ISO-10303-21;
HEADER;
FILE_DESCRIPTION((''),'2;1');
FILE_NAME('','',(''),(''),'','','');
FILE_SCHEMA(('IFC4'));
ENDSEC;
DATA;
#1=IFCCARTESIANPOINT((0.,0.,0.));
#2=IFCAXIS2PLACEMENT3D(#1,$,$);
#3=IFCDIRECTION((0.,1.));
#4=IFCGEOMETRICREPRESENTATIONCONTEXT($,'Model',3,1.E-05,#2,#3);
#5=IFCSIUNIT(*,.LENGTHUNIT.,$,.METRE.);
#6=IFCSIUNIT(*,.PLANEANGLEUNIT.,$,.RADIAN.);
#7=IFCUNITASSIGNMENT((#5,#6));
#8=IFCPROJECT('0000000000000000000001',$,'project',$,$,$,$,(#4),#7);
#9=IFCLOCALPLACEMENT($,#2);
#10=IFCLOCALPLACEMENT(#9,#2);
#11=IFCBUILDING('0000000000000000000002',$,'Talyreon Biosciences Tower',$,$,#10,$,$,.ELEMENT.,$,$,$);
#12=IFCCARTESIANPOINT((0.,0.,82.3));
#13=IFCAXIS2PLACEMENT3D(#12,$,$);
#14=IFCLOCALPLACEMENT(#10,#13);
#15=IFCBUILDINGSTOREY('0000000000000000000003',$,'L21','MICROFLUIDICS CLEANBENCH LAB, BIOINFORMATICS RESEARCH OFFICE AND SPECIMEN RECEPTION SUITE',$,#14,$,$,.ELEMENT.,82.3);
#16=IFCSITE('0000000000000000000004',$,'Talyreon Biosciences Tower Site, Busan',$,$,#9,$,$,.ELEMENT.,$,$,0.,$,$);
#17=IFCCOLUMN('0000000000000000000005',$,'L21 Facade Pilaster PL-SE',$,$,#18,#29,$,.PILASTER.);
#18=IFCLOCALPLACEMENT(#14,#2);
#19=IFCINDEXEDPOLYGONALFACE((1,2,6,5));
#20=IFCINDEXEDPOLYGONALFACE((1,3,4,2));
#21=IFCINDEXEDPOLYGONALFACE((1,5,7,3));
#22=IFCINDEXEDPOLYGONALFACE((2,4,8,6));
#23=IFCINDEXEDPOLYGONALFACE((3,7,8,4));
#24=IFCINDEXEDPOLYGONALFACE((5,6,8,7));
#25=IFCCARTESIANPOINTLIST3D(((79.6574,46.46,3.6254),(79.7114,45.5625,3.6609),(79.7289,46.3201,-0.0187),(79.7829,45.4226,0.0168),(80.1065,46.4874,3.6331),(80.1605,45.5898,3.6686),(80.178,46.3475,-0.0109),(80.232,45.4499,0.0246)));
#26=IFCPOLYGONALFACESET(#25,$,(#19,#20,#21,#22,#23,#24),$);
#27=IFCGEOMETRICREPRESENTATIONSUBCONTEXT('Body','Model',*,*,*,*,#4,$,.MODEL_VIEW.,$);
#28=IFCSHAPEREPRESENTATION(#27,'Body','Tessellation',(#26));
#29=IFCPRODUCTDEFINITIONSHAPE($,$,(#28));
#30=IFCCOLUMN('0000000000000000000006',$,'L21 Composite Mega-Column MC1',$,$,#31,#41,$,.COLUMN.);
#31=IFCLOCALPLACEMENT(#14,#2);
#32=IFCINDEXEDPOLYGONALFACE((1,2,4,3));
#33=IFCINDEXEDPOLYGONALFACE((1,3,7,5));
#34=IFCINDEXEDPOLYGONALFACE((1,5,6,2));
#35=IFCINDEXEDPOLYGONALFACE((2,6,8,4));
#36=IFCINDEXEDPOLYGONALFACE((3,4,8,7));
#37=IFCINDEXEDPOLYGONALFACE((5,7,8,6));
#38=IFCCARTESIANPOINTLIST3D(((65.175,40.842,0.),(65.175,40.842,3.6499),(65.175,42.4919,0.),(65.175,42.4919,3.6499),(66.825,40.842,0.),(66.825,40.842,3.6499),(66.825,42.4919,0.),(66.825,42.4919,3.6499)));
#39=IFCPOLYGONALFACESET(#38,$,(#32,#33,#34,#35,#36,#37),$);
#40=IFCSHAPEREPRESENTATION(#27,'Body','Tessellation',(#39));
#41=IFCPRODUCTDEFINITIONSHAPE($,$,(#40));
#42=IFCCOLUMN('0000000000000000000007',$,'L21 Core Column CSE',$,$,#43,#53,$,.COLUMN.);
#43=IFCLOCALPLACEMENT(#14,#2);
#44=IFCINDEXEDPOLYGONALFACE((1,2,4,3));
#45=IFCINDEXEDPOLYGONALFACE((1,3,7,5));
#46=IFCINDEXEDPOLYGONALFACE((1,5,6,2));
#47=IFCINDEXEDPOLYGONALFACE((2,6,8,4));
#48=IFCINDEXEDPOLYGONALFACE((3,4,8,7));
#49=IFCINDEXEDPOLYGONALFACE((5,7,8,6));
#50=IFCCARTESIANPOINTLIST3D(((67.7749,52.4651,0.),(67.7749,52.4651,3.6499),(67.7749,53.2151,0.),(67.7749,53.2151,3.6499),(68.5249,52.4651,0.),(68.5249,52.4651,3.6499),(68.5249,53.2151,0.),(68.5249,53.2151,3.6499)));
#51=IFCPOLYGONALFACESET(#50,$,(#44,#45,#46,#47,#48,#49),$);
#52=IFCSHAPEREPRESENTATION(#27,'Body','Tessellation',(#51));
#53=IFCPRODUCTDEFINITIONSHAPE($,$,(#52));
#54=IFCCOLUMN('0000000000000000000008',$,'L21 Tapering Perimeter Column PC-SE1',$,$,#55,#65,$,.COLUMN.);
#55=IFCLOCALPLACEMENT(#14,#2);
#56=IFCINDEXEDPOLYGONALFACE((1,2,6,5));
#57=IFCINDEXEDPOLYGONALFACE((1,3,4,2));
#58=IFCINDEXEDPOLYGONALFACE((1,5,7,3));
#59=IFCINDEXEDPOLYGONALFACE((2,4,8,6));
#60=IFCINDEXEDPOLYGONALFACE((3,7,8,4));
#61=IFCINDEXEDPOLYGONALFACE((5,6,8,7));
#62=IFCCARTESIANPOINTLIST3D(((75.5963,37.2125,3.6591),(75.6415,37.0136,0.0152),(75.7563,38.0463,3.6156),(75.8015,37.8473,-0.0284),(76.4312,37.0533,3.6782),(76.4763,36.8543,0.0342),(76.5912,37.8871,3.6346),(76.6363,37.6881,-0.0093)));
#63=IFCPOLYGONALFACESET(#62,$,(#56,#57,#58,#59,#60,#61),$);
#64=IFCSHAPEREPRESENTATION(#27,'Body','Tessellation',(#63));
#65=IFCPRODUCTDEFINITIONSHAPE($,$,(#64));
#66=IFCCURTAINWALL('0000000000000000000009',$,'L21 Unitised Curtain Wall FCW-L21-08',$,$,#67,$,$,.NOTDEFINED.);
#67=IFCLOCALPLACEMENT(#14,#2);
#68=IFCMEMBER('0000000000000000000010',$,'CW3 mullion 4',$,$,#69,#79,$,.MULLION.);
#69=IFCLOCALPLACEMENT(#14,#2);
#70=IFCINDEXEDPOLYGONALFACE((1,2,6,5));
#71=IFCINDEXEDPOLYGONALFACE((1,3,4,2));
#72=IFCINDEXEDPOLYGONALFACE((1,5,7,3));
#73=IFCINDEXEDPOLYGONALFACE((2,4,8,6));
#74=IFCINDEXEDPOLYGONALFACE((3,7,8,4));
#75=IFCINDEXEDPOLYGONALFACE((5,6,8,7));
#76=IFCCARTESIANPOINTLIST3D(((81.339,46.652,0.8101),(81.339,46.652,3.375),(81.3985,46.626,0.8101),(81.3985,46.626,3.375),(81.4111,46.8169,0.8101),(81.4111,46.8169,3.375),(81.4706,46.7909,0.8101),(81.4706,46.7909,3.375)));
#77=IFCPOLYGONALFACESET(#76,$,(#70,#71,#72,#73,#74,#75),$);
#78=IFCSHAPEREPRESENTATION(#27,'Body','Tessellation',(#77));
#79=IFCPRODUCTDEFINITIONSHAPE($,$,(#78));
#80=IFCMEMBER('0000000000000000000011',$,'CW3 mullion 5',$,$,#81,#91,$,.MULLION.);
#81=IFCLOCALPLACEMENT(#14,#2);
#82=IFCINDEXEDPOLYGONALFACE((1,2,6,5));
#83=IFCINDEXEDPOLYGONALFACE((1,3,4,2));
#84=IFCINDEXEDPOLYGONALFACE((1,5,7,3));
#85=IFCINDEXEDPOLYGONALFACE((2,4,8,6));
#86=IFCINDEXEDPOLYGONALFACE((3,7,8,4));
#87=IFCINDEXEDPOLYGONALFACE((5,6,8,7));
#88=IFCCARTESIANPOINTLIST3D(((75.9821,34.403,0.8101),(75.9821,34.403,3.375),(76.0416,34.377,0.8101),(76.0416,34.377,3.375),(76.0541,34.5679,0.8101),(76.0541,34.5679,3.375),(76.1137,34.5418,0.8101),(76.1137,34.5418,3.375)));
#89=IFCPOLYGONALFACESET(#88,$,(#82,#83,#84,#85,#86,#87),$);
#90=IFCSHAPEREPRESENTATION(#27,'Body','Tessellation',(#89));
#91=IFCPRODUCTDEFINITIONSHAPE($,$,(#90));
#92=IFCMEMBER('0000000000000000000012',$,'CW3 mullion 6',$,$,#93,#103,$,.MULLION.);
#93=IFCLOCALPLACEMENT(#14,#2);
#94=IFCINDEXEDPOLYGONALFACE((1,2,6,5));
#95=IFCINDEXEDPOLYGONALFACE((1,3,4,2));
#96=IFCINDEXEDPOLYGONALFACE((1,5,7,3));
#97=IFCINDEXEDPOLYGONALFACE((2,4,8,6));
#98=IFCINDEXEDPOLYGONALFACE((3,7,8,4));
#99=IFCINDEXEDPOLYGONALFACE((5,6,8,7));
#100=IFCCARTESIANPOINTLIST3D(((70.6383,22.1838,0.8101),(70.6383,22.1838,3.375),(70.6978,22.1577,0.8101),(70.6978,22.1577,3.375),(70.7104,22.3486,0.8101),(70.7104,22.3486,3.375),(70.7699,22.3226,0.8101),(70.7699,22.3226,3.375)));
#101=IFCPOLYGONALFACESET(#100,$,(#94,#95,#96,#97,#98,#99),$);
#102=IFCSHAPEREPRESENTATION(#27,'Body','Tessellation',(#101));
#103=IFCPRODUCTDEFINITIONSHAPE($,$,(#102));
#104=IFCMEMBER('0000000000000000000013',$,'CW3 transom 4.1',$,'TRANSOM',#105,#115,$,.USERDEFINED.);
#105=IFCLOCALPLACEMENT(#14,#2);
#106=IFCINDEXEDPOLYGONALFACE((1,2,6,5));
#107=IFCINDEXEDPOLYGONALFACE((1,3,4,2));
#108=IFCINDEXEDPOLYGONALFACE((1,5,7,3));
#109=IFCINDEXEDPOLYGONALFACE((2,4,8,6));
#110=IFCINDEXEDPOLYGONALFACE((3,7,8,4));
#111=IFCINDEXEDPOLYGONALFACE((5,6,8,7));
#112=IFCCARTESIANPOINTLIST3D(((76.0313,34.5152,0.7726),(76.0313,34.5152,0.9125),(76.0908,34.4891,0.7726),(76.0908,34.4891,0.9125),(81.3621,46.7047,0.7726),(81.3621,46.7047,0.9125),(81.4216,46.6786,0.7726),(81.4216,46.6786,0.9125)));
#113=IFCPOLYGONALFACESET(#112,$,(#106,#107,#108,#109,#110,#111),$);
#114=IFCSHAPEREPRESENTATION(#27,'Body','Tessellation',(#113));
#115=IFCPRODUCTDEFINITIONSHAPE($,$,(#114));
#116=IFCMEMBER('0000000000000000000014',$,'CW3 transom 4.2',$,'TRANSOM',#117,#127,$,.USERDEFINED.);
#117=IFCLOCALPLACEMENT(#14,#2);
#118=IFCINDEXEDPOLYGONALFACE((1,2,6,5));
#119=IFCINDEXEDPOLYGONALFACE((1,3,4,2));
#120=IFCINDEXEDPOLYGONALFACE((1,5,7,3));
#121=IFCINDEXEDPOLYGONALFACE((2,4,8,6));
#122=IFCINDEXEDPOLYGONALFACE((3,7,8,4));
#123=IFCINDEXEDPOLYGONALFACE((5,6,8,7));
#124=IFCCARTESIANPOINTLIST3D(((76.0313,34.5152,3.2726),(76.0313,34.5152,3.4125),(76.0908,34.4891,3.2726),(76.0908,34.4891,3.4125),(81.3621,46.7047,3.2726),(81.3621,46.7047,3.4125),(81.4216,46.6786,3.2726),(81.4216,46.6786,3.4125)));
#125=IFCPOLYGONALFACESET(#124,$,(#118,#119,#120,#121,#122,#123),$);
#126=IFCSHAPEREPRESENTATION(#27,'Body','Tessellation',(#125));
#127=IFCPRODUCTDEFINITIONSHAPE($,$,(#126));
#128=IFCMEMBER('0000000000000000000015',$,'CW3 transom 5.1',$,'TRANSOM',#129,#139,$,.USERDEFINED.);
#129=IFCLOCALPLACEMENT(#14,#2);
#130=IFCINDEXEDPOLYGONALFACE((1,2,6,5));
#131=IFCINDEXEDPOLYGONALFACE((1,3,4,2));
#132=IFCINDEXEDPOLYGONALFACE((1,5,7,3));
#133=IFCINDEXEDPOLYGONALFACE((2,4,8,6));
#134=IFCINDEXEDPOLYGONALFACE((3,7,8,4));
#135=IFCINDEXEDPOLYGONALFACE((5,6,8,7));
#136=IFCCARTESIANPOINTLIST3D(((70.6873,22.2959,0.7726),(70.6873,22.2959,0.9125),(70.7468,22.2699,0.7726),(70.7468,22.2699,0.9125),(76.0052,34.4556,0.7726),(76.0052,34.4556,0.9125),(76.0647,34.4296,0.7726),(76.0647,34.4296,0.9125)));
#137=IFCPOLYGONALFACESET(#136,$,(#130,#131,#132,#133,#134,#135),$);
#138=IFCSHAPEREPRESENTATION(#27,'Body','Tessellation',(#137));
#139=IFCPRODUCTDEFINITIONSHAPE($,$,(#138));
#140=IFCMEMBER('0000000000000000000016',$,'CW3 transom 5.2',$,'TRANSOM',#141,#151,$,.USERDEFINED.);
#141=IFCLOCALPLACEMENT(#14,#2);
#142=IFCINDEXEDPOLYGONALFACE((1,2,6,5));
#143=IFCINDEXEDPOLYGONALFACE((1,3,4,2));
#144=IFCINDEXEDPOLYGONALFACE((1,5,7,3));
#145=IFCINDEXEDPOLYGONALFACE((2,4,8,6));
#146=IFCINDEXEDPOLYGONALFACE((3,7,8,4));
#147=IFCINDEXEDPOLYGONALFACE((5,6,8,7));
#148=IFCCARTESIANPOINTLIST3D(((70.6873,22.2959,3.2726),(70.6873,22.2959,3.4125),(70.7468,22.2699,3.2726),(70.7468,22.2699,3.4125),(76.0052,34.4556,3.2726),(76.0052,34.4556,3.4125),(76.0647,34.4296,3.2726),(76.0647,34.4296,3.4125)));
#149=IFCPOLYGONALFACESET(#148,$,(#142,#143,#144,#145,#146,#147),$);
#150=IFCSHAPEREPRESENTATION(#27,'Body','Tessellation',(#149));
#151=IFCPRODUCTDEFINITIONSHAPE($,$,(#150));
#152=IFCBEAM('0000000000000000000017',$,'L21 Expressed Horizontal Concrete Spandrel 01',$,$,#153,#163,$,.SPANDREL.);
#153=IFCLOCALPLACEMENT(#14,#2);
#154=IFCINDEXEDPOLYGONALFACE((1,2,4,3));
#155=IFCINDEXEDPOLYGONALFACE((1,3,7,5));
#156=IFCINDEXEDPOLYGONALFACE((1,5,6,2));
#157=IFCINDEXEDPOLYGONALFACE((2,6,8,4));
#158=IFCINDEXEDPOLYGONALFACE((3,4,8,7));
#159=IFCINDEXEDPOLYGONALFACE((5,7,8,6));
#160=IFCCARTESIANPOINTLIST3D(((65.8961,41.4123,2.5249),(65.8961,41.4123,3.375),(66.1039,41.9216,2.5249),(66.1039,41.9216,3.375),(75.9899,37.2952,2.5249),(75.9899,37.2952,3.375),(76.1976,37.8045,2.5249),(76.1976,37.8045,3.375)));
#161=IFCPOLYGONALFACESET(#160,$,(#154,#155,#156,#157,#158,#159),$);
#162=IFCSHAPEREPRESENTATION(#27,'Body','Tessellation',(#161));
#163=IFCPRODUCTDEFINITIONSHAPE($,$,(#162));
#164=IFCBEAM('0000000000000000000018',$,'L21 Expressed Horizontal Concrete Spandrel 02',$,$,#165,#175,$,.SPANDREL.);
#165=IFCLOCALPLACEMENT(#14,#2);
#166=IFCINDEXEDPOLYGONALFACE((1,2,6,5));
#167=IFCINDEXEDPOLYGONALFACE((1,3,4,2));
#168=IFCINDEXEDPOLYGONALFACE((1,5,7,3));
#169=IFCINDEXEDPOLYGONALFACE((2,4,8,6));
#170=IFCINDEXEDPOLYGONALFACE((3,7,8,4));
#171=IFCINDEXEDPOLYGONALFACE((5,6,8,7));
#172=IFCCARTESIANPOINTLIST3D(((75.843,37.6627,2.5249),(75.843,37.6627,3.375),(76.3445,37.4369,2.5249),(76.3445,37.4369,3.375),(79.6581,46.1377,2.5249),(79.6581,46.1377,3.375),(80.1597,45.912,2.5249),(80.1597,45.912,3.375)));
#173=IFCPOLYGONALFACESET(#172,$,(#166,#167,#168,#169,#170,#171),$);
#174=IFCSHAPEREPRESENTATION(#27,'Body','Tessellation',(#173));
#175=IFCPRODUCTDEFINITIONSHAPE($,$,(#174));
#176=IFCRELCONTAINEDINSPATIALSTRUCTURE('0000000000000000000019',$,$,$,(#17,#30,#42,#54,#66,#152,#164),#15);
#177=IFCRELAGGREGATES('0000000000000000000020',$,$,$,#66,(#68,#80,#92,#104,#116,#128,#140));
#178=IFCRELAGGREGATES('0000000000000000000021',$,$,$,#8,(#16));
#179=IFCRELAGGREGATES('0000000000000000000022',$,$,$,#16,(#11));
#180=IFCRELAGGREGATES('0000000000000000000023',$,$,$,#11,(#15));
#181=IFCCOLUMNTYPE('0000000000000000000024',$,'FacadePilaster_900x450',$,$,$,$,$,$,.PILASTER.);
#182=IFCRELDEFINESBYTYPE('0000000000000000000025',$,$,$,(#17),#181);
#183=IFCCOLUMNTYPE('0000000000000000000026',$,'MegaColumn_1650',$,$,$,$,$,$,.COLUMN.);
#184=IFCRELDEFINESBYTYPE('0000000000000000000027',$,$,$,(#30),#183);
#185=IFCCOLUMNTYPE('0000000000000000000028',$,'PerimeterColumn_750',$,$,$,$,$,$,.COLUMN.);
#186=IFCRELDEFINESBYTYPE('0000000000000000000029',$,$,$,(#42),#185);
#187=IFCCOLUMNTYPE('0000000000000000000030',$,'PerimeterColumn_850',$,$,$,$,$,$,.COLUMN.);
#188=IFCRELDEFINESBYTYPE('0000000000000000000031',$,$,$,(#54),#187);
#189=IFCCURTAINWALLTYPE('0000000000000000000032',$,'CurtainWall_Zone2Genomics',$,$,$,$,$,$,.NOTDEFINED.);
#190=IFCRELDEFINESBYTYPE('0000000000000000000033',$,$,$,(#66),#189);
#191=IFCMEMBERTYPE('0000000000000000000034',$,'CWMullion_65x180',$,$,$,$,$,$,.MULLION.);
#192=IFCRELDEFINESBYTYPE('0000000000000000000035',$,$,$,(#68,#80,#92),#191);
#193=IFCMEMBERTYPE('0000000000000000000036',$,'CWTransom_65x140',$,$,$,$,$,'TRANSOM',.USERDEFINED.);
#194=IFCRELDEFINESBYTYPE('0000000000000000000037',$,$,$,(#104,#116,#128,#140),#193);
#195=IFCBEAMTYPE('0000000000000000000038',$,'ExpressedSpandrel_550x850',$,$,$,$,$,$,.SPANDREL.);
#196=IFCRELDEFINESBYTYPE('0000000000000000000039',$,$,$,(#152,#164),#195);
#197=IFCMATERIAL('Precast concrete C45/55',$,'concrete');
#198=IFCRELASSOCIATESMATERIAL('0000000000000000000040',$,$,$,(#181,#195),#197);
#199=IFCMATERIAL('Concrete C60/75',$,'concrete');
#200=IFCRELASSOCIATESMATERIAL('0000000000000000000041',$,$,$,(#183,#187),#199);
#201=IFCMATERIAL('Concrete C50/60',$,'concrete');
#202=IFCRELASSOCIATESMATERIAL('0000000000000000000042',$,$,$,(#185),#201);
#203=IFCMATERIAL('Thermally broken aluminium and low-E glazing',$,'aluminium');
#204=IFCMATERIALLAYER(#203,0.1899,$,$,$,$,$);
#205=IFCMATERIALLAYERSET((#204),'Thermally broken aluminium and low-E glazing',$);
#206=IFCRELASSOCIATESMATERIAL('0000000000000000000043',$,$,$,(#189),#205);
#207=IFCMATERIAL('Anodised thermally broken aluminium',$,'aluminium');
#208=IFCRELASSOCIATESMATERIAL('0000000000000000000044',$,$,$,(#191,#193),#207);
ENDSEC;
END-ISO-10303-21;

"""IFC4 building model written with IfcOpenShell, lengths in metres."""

from ifc_helpers import new_model, si_unit, direction, frame, origin, origin_2d, place, context, subcontext, project, spatial, rectangle, extrude, material, layer, layer_set, material_profile, profile_set, type_object, element, aggregate, save


model = new_model("IFC4")

# Units and contexts
model_context = context("Model", 3, precision=1e-05, world=origin(), true_north=direction((0.0, 1.0)))
body_context = subcontext(model_context, "Body", "Model", "MODEL_VIEW")
ifc_project = project(units=[si_unit("LENGTHUNIT", "METRE"), si_unit("PLANEANGLEUNIT", "RADIAN")], contexts=[model_context])

# Site, building, storey
site_placement = place(None, origin())
site = spatial("IfcSite", under=ifc_project, at=site_placement, Name="Talyreon Biosciences Tower Site, Busan", CompositionType="ELEMENT", RefElevation=0.0)
building_placement = place(site_placement, origin())
building = spatial("IfcBuilding", under=site, at=building_placement, Name="Talyreon Biosciences Tower", CompositionType="ELEMENT")
storey_placement = place(building_placement, frame((0.0, 0.0, 82.3)))
storey = spatial("IfcBuildingStorey", under=building, at=storey_placement, Name="L21", Description="MICROFLUIDICS CLEANBENCH LAB, BIOINFORMATICS RESEARCH OFFICE AND SPECIMEN RECEPTION SUITE", CompositionType="ELEMENT", Elevation=82.3)

# Columns
ifc_material_1 = material(Name="Precast concrete C45/55", Category="concrete")
ifc_material_profile_1 = material_profile(ifc_material_1, rectangle(XDim=0.8999, YDim=0.45, at=origin_2d()), Name="RC 900x450")
ifc_profile_set_1 = profile_set([ifc_material_profile_1], Name="Precast concrete C45/55")
column_type_1 = type_object("IfcColumnType", Name="FacadePilaster_900x450", PredefinedType="PILASTER", material=ifc_profile_set_1)
column_1_placement = place(storey_placement, frame((79.9805, 45.885, 0.0029), z_axis=(-0.019612, 0.038354, 0.999072), x_axis=(0.059993, -0.997418, 0.039468)))
element("IfcColumn", 1, at=column_1_placement, inside=storey, type_object=column_type_1, Name="L21 Facade Pilaster PL-SE", PredefinedType="PILASTER", context=body_context, shape_type="SweptSolid", body=[
    extrude(rectangle(XDim=0.8999, YDim=0.45, at=origin_2d()), origin(), (0.0, 0.0, 1.0), 3.6475),
])
ifc_material_2 = material(Name="Concrete C60/75", Category="concrete")
ifc_material_profile_2 = material_profile(ifc_material_2, rectangle(XDim=1.6499, YDim=1.6499, at=origin_2d()), Name="RC 1650x1650")
ifc_profile_set_2 = profile_set([ifc_material_profile_2], Name="Concrete C60/75")
column_type_2 = type_object("IfcColumnType", Name="MegaColumn_1650", PredefinedType="COLUMN", material=ifc_profile_set_2)
column_2_placement = place(storey_placement, frame((66.0, 41.667, 0.0), z_axis=(0.0, 0.0, 1.0), x_axis=(1.0, 0.0, 0.0)))
element("IfcColumn", 2, at=column_2_placement, inside=storey, type_object=column_type_2, Name="L21 Composite Mega-Column MC1", PredefinedType="COLUMN", context=body_context, shape_type="SweptSolid", body=[
    extrude(rectangle(XDim=1.6499, YDim=1.6499, at=origin_2d()), origin(), (0.0, 0.0, 1.0), 3.6499),
])
ifc_material_3 = material(Name="Concrete C50/60", Category="concrete")
ifc_material_profile_3 = material_profile(ifc_material_3, rectangle(XDim=0.75, YDim=0.75, at=origin_2d()), Name="RC 750x750")
ifc_profile_set_3 = profile_set([ifc_material_profile_3], Name="Concrete C50/60")
column_type_3 = type_object("IfcColumnType", Name="PerimeterColumn_750", PredefinedType="COLUMN", material=ifc_profile_set_3)
column_3_placement = place(storey_placement, frame((68.1499, 52.8401, 0.0), z_axis=(0.0, 0.0, 1.0), x_axis=(1.0, 0.0, 0.0)))
element("IfcColumn", 3, at=column_3_placement, inside=storey, type_object=column_type_3, Name="L21 Core Column CSE", PredefinedType="COLUMN", context=body_context, shape_type="SweptSolid", body=[
    extrude(rectangle(XDim=0.75, YDim=0.75, at=origin_2d()), origin(), (0.0, 0.0, 1.0), 3.6499),
])
ifc_material_profile_4 = material_profile(ifc_material_2, rectangle(XDim=0.8501, YDim=0.8501, at=origin_2d()), Name="RC 850x850")
ifc_profile_set_4 = profile_set([ifc_material_profile_4], Name="Concrete C60/75")
column_type_4 = type_object("IfcColumnType", Name="PerimeterColumn_850", PredefinedType="COLUMN", material=ifc_profile_set_4)
column_4_placement = place(storey_placement, frame((76.1389, 37.3508, 0.0029), z_axis=(-0.012375, 0.054517, 0.998436), x_axis=(-0.188246, -0.980785, 0.05122)))
element("IfcColumn", 4, at=column_4_placement, inside=storey, type_object=column_type_4, Name="L21 Tapering Perimeter Column PC-SE1", PredefinedType="COLUMN", context=body_context, shape_type="SweptSolid", body=[
    extrude(rectangle(XDim=0.8501, YDim=0.8501, at=origin_2d()), origin(), (0.0, 0.0, 1.0), 3.6497),
])

# Curtain wall, members
ifc_material_4 = material(Name="Thermally broken aluminium and low-E glazing", Category="aluminium")
ifc_layer_1 = layer(ifc_material_4, 0.1899)
ifc_layer_set_1 = layer_set([ifc_layer_1], Name="Thermally broken aluminium and low-E glazing")
curtain_wall_type = type_object("IfcCurtainWallType", Name="CurtainWall_Zone2Genomics", PredefinedType="NOTDEFINED", material=ifc_layer_set_1)
curtain_wall_placement = place(storey_placement, origin())
curtain_wall = element("IfcCurtainWall", 5, at=curtain_wall_placement, inside=storey, type_object=curtain_wall_type, Name="L21 Unitised Curtain Wall FCW-L21-08", PredefinedType="NOTDEFINED")
ifc_material_5 = material(Name="Anodised thermally broken aluminium", Category="aluminium")
ifc_material_profile_5 = material_profile(ifc_material_5, rectangle(XDim=0.0649, YDim=0.1799, at=origin_2d()), Name="ALUM MULLION 65x180")
ifc_profile_set_5 = profile_set([ifc_material_profile_5], Name="Anodised thermally broken aluminium")
member_type_1 = type_object("IfcMemberType", Name="CWMullion_65x180", PredefinedType="MULLION", material=ifc_profile_set_5)
member_1_placement = place(storey_placement, frame((81.4048, 46.7214, 0.8101), z_axis=(0.0, 0.0, 1.0), x_axis=(0.916214, -0.400689, 0.0)))
member_1 = element("IfcMember", 6, at=member_1_placement, type_object=member_type_1, Name="CW3 mullion 4", PredefinedType="MULLION", context=body_context, shape_type="SweptSolid", body=[
    extrude(rectangle(XDim=0.0649, YDim=0.1799, at=origin_2d()), origin(), (0.0, 0.0, 1.0), 2.5649),
])
member_2_placement = place(storey_placement, frame((76.0479, 34.4724, 0.8101), z_axis=(0.0, 0.0, 1.0), x_axis=(0.916214, -0.400689, 0.0)))
member_2 = element("IfcMember", 7, at=member_2_placement, type_object=member_type_1, Name="CW3 mullion 5", PredefinedType="MULLION", context=body_context, shape_type="SweptSolid", body=[
    extrude(rectangle(XDim=0.0649, YDim=0.1799, at=origin_2d()), origin(), (0.0, 0.0, 1.0), 2.5649),
])
member_3_placement = place(storey_placement, frame((70.7041, 22.2532, 0.8101), z_axis=(0.0, 0.0, 1.0), x_axis=(0.916214, -0.400689, 0.0)))
member_3 = element("IfcMember", 8, at=member_3_placement, type_object=member_type_1, Name="CW3 mullion 6", PredefinedType="MULLION", context=body_context, shape_type="SweptSolid", body=[
    extrude(rectangle(XDim=0.0649, YDim=0.1799, at=origin_2d()), origin(), (0.0, 0.0, 1.0), 2.5649),
])
ifc_material_profile_6 = material_profile(ifc_material_5, rectangle(XDim=0.0649, YDim=0.1399, at=origin_2d()), Name="ALUM TRANSOM 65x140")
ifc_profile_set_6 = profile_set([ifc_material_profile_6], Name="Anodised thermally broken aluminium")
member_type_2 = type_object("IfcMemberType", Name="CWTransom_65x140", ElementType="TRANSOM", PredefinedType="USERDEFINED", material=ifc_profile_set_6)
member_4_placement = place(storey_placement, frame((81.3918, 46.6917, 0.8425), z_axis=(-0.400688, -0.916215, 0.0), x_axis=(0.916215, -0.400688, 0.0)))
member_4 = element("IfcMember", 9, at=member_4_placement, type_object=member_type_2, Name="CW3 transom 4.1", ObjectType="TRANSOM", PredefinedType="USERDEFINED", context=body_context, shape_type="SweptSolid", body=[
    extrude(rectangle(XDim=0.0649, YDim=0.1399, at=origin_2d()), origin(), (0.0, 0.0, 1.0), 13.3042),
])
member_5_placement = place(storey_placement, frame((81.3918, 46.6917, 3.3425), z_axis=(-0.400688, -0.916215, 0.0), x_axis=(0.916215, -0.400688, 0.0)))
member_5 = element("IfcMember", 10, at=member_5_placement, type_object=member_type_2, Name="CW3 transom 4.2", ObjectType="TRANSOM", PredefinedType="USERDEFINED", context=body_context, shape_type="SweptSolid", body=[
    extrude(rectangle(XDim=0.0649, YDim=0.1399, at=origin_2d()), origin(), (0.0, 0.0, 1.0), 13.3042),
])
member_6_placement = place(storey_placement, frame((76.0349, 34.4426, 0.8425), z_axis=(-0.400693, -0.916212, 0.0), x_axis=(0.916212, -0.400693, 0.0)))
member_6 = element("IfcMember", 11, at=member_6_placement, type_object=member_type_2, Name="CW3 transom 5.1", ObjectType="TRANSOM", PredefinedType="USERDEFINED", context=body_context, shape_type="SweptSolid", body=[
    extrude(rectangle(XDim=0.0649, YDim=0.1399, at=origin_2d()), origin(), (0.0, 0.0, 1.0), 13.2717),
])
member_7_placement = place(storey_placement, frame((76.0349, 34.4426, 3.3425), z_axis=(-0.400693, -0.916212, 0.0), x_axis=(0.916212, -0.400693, 0.0)))
member_7 = element("IfcMember", 12, at=member_7_placement, type_object=member_type_2, Name="CW3 transom 5.2", ObjectType="TRANSOM", PredefinedType="USERDEFINED", context=body_context, shape_type="SweptSolid", body=[
    extrude(rectangle(XDim=0.0649, YDim=0.1399, at=origin_2d()), origin(), (0.0, 0.0, 1.0), 13.2717),
])

# Beams
ifc_material_profile_7 = material_profile(ifc_material_1, rectangle(XDim=0.55, YDim=0.8501, at=origin_2d()), Name="RCB 550x850")
ifc_profile_set_7 = profile_set([ifc_material_profile_7], Name="Precast concrete C45/55")
beam_type_1 = type_object("IfcBeamType", Name="ExpressedSpandrel_550x850", PredefinedType="SPANDREL", material=ifc_profile_set_7)
beam_1_placement = place(storey_placement, frame((66.0, 41.667, 2.95), z_axis=(0.925935, -0.377684, 0.0), x_axis=(0.377684, 0.925935, 0.0)))
element("IfcBeam", 13, at=beam_1_placement, inside=storey, type_object=beam_type_1, Name="L21 Expressed Horizontal Concrete Spandrel 01", PredefinedType="SPANDREL", context=body_context, shape_type="SweptSolid", body=[
    extrude(rectangle(XDim=0.55, YDim=0.8501, at=origin_2d()), origin(), (0.0, 0.0, 1.0), 10.9011),
])
beam_2_placement = place(storey_placement, frame((76.0938, 37.5498, 2.95), z_axis=(0.410489, 0.911865, 0.0), x_axis=(-0.911865, 0.410489, 0.0)))
element("IfcBeam", 14, at=beam_2_placement, inside=storey, type_object=beam_type_1, Name="L21 Expressed Horizontal Concrete Spandrel 02", PredefinedType="SPANDREL", context=body_context, shape_type="SweptSolid", body=[
    extrude(rectangle(XDim=0.55, YDim=0.8501, at=origin_2d()), origin(), (0.0, 0.0, 1.0), 9.2942),
])

aggregate(curtain_wall, [member_1, member_2, member_3, member_4, member_5, member_6, member_7])

save(model, "model.ifc")
